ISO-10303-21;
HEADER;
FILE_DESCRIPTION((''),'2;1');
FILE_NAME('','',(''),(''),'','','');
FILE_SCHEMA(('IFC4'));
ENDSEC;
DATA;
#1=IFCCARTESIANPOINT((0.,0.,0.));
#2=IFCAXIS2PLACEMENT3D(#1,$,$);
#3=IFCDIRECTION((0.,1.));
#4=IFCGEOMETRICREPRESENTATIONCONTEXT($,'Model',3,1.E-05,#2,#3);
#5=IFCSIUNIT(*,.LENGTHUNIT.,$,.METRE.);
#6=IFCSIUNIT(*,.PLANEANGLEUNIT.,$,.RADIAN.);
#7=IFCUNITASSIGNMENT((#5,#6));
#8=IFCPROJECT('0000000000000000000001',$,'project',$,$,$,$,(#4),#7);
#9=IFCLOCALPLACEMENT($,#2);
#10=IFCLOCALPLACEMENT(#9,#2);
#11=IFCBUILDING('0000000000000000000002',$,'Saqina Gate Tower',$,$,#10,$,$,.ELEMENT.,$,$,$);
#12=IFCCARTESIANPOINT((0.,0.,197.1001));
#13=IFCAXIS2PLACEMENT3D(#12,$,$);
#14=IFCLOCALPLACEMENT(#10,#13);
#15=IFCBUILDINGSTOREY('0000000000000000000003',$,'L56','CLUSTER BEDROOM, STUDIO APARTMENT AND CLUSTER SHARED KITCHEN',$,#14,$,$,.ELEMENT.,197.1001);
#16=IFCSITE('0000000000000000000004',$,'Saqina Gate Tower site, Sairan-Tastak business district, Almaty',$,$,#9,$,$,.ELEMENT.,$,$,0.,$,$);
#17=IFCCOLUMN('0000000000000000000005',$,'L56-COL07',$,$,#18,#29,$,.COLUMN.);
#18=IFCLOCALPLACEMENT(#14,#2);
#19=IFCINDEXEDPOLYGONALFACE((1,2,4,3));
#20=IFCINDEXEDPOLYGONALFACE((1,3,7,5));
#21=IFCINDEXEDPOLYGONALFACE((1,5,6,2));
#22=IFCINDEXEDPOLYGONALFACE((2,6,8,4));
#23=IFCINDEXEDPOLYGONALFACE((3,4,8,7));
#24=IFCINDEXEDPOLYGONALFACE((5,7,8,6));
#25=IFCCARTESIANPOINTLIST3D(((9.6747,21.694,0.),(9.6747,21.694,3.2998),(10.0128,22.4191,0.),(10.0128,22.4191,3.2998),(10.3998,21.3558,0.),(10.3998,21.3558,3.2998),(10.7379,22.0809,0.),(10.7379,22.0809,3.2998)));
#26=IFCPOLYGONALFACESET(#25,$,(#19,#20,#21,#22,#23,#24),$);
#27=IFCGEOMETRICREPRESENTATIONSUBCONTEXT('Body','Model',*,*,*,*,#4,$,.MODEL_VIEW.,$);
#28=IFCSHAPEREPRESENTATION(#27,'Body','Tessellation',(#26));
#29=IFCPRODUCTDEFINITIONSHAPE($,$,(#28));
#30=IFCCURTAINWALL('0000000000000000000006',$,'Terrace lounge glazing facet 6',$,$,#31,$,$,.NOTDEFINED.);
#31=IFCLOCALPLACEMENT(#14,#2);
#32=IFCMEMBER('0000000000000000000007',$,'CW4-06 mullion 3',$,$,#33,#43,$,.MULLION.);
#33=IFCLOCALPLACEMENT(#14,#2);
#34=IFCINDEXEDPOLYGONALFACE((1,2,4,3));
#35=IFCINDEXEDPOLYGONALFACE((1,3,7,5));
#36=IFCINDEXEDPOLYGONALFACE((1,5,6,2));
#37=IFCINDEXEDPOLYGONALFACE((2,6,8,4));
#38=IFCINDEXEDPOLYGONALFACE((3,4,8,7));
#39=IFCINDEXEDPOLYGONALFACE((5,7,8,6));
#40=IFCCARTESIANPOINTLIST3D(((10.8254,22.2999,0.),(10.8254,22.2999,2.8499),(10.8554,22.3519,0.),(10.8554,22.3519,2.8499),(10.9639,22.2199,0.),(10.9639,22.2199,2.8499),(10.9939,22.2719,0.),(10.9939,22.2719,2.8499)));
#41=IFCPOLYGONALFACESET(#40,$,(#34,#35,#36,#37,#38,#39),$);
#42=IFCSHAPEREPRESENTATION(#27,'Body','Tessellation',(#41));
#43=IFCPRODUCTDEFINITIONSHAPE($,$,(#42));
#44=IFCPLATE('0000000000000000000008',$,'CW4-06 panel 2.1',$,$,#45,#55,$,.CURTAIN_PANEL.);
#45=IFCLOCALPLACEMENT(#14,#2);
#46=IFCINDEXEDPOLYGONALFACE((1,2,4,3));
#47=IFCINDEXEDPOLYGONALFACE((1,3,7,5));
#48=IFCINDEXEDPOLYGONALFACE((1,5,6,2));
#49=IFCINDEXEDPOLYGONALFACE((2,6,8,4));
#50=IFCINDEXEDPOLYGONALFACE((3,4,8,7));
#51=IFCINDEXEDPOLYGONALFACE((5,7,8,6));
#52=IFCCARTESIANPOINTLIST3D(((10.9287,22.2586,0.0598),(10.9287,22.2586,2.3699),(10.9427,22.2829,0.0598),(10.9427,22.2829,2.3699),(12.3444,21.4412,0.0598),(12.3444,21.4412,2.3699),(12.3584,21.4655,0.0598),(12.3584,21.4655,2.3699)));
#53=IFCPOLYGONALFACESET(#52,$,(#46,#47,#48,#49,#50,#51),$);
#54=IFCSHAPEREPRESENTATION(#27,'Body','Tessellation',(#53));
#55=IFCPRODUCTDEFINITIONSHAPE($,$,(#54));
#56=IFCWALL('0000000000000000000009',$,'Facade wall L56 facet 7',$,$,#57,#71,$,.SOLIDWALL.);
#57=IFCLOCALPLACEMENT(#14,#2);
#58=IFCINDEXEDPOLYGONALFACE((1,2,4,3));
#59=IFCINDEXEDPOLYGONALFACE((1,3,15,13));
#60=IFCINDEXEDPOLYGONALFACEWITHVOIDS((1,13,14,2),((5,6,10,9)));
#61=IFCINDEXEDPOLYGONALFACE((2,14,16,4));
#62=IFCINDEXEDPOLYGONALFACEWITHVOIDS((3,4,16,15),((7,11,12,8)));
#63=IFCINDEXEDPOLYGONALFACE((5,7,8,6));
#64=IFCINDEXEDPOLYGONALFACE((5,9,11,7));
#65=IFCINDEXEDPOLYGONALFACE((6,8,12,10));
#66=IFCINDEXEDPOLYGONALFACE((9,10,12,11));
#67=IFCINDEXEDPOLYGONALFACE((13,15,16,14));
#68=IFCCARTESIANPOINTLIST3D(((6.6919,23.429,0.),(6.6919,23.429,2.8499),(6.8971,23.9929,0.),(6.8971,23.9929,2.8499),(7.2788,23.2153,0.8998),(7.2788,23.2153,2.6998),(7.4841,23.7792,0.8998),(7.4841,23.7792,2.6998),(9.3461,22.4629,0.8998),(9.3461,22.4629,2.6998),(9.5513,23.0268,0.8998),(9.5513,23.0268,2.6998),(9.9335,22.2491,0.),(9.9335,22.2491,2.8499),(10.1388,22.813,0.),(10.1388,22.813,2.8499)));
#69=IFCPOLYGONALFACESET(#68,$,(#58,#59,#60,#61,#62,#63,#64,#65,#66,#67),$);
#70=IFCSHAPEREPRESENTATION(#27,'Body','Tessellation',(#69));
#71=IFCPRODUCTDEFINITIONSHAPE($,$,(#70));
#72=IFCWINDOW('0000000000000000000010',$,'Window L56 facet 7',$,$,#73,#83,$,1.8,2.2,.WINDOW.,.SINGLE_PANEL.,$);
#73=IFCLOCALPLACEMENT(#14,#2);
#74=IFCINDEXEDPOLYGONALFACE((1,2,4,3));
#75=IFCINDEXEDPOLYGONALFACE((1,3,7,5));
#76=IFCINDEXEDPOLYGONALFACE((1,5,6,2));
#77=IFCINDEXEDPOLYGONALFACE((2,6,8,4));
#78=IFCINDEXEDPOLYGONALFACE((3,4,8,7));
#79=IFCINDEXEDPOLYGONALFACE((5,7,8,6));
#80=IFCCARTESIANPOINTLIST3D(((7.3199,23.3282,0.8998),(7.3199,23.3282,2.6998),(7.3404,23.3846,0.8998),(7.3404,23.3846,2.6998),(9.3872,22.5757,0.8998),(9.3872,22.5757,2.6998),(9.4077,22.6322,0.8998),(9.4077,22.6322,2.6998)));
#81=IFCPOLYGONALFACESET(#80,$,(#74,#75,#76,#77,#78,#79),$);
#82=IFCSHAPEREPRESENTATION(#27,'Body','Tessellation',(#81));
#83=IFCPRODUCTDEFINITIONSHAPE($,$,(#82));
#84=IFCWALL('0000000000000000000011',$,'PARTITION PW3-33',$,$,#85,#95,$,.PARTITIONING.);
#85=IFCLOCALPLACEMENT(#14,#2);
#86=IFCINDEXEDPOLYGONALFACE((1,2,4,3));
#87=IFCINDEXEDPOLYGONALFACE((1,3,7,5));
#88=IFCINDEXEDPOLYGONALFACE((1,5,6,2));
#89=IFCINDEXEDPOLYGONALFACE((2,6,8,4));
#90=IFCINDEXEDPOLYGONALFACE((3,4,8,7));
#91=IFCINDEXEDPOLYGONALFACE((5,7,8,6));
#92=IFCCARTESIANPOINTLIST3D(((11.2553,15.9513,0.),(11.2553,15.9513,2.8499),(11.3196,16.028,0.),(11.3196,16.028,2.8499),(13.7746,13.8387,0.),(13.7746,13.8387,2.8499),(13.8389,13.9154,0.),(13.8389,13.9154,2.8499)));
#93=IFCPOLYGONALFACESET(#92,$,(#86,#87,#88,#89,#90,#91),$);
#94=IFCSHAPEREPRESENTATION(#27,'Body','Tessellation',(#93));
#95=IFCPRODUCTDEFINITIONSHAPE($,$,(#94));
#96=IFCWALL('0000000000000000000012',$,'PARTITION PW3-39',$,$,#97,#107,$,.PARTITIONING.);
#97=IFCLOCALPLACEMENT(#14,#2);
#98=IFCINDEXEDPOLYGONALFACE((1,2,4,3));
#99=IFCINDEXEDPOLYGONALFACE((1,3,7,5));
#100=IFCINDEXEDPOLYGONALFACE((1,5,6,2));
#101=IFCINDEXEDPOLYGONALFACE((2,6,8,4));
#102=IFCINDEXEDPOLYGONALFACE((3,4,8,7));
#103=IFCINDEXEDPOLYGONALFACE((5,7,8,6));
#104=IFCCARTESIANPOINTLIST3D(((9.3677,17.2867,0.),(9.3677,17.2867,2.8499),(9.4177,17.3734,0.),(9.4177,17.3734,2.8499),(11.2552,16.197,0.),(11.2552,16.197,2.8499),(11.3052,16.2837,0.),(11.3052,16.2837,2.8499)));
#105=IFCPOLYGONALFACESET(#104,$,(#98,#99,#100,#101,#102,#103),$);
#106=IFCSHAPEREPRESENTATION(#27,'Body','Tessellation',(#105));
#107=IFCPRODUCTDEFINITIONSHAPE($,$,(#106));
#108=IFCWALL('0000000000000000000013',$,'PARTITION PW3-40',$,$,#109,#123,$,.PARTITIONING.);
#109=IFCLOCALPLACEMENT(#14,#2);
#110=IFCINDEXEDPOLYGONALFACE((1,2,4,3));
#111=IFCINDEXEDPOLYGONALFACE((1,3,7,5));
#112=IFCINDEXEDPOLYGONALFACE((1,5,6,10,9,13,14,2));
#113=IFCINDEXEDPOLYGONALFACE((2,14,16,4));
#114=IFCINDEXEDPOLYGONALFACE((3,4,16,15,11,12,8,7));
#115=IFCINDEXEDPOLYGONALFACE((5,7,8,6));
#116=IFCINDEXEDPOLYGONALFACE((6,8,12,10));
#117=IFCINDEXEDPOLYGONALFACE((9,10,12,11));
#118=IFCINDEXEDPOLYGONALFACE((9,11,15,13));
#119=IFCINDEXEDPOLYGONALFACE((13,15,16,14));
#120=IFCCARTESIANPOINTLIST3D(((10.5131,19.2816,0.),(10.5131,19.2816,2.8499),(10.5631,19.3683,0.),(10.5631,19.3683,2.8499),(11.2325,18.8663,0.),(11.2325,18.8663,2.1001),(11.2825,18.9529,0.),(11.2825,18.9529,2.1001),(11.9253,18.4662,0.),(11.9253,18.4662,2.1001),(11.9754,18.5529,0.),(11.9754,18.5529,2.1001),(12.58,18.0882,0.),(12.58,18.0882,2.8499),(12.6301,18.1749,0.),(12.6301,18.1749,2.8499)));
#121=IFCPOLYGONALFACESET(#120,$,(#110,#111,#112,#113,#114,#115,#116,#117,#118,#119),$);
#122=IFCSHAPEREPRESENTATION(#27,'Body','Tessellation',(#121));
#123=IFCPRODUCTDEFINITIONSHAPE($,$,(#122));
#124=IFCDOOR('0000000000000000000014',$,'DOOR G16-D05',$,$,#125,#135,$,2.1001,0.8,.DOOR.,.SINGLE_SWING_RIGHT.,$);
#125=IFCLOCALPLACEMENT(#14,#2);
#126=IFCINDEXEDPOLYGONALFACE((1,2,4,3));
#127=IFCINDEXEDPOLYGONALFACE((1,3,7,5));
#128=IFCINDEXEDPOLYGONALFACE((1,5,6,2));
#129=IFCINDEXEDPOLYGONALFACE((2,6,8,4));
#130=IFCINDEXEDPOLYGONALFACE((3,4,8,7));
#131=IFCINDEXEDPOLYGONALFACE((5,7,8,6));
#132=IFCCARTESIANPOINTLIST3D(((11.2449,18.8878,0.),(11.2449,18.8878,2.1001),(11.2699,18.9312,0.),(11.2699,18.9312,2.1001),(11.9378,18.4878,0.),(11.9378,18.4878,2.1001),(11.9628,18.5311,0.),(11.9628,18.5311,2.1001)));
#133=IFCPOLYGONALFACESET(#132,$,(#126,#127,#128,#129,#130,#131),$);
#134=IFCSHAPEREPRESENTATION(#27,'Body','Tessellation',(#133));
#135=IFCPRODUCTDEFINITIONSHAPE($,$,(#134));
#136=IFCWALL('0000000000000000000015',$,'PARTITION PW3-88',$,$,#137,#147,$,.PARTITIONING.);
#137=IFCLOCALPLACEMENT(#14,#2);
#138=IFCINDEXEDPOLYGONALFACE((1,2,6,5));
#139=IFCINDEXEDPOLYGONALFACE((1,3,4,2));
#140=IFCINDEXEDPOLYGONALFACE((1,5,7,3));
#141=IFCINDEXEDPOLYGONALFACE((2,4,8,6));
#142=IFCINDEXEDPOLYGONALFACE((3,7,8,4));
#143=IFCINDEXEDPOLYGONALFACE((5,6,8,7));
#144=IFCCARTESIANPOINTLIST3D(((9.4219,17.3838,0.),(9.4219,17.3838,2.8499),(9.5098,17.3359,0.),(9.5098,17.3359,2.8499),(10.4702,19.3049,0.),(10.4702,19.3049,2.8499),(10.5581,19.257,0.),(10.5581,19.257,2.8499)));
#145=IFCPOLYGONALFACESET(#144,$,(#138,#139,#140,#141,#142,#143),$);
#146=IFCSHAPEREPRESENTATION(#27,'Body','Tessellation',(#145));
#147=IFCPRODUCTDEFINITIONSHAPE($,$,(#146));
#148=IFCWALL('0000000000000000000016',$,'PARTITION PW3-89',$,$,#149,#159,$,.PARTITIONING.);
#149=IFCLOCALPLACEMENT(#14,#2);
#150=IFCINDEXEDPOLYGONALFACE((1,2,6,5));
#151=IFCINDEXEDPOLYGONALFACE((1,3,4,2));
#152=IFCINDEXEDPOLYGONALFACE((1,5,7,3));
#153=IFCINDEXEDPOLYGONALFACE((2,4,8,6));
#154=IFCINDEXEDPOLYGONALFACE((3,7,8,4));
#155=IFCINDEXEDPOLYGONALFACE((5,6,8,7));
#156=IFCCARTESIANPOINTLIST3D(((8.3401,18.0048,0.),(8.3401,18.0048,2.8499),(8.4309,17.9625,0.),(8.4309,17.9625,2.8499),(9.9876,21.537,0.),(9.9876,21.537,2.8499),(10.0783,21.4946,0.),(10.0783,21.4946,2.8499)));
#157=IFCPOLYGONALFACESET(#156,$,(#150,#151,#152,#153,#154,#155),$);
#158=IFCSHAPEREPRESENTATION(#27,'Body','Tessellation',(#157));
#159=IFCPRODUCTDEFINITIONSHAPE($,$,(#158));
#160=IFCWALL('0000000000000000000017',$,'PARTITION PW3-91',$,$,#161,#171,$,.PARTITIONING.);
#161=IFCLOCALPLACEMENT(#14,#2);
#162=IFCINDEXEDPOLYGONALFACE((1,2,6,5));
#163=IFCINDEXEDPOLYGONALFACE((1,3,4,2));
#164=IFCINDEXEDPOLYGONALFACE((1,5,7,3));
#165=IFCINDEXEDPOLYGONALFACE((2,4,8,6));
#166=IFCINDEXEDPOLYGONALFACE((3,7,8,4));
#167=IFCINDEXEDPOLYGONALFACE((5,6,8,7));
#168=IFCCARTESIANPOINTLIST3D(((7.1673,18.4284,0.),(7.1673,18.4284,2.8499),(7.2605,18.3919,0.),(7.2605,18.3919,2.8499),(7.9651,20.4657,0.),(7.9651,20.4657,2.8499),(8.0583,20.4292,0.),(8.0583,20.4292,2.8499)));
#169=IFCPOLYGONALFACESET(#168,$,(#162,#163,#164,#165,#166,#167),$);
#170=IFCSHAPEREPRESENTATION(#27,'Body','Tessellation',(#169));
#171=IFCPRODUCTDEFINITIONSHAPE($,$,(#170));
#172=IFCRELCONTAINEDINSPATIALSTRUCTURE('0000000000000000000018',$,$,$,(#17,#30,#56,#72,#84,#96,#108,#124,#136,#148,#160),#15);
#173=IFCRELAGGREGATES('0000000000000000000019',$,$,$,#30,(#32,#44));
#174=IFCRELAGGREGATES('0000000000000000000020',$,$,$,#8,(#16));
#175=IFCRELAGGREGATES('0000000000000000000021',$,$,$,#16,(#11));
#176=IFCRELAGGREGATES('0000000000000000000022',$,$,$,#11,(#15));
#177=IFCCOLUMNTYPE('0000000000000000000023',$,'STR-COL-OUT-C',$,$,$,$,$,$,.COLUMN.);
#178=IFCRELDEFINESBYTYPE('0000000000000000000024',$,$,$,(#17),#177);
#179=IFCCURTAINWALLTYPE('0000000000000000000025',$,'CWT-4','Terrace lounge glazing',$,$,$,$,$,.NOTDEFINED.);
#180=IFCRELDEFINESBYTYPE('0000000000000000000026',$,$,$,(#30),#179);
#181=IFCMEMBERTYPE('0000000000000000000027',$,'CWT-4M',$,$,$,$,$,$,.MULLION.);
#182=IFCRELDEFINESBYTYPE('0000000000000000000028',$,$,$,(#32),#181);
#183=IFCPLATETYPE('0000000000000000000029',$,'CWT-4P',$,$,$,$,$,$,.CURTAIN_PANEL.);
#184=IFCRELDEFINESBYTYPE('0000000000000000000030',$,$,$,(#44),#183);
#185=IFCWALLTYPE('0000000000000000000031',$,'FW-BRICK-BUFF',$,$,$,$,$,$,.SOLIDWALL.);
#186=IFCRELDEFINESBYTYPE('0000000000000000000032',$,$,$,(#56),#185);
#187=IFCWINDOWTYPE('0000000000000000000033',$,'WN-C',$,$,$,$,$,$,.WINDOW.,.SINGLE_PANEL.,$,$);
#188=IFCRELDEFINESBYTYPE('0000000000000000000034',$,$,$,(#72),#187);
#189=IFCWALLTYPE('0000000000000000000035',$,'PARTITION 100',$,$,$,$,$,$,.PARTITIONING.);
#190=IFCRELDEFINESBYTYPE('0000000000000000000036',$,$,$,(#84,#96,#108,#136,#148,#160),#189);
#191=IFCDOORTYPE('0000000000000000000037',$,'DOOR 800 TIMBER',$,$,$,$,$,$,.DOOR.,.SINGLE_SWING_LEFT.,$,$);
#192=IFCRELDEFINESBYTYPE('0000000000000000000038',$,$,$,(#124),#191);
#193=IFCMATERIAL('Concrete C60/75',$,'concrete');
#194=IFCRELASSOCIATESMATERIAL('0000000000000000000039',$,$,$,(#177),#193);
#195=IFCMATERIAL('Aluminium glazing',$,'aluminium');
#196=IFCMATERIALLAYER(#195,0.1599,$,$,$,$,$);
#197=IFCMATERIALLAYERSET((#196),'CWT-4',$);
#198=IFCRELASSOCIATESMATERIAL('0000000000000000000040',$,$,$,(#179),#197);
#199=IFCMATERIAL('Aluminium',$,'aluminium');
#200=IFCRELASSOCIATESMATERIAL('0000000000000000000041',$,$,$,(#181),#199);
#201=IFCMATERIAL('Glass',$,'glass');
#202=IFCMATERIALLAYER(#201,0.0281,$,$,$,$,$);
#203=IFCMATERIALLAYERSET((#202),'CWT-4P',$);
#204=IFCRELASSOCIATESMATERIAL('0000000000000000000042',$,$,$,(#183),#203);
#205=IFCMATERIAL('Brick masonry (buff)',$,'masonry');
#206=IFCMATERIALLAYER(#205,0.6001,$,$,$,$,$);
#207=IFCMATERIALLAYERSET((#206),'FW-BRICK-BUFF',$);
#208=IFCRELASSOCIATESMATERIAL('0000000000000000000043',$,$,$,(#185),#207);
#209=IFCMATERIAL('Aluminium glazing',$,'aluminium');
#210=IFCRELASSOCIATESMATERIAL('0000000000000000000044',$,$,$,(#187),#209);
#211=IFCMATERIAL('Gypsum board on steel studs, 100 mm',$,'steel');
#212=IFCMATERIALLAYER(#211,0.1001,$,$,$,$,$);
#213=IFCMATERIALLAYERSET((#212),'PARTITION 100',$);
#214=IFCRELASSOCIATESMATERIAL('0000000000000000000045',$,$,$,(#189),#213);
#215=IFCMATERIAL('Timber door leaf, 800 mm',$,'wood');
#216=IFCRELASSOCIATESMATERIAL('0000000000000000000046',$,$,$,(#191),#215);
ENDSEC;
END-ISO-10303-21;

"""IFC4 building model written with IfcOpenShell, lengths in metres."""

from ifc_helpers import new_model, si_unit, direction, frame, frame_2d, origin, origin_2d, place, context, subcontext, project, spatial, rectangle, extrude, material, layer, layer_set, material_profile, profile_set, type_object, element, fill, aggregate, save


model = new_model("IFC4")

# Units and contexts
model_context = context("Model", 3, precision=1e-05, world=origin(), true_north=direction((0.0, 1.0)))
body_context = subcontext(model_context, "Body", "Model", "MODEL_VIEW")
ifc_project = project(units=[si_unit("LENGTHUNIT", "METRE"), si_unit("PLANEANGLEUNIT", "RADIAN")], contexts=[model_context])

# Site, building, storey
site_placement = place(None, origin())
site = spatial("IfcSite", under=ifc_project, at=site_placement, Name="Saqina Gate Tower site, Sairan-Tastak business district, Almaty", CompositionType="ELEMENT", RefElevation=0.0)
building_placement = place(site_placement, origin())
building = spatial("IfcBuilding", under=site, at=building_placement, Name="Saqina Gate Tower", CompositionType="ELEMENT")
storey_placement = place(building_placement, frame((0.0, 0.0, 197.1001)))
storey = spatial("IfcBuildingStorey", under=building, at=storey_placement, Name="L56", Description="CLUSTER BEDROOM, STUDIO APARTMENT AND CLUSTER SHARED KITCHEN", CompositionType="ELEMENT", Elevation=197.1001)

# Column
ifc_material_1 = material(Name="Concrete C60/75", Category="concrete")
ifc_material_profile_1 = material_profile(ifc_material_1, rectangle(XDim=0.8, YDim=0.8, at=origin_2d()), Name="RC 800x800")
ifc_profile_set_1 = profile_set([ifc_material_profile_1], Name="Concrete C60/75")
column_type = type_object("IfcColumnType", Name="STR-COL-OUT-C", PredefinedType="COLUMN", material=ifc_profile_set_1)
column_placement = place(storey_placement, frame((10.2063, 21.8875, 0.0), z_axis=(0.0, 0.0, 1.0), x_axis=(0.422618, 0.906308, 0.0)))
element("IfcColumn", 1, at=column_placement, inside=storey, type_object=column_type, Name="L56-COL07", PredefinedType="COLUMN", context=body_context, shape_type="SweptSolid", body=[
    extrude(rectangle(XDim=0.8, YDim=0.8, at=origin_2d()), origin(), (0.0, 0.0, 1.0), 3.2998),
])

# Curtain wall, member, plate
ifc_material_2 = material(Name="Aluminium glazing", Category="aluminium")
ifc_layer_1 = layer(ifc_material_2, 0.1599)
ifc_layer_set_1 = layer_set([ifc_layer_1], Name="CWT-4")
curtain_wall_type = type_object("IfcCurtainWallType", Name="CWT-4", Description="Terrace lounge glazing", PredefinedType="NOTDEFINED", material=ifc_layer_set_1)
curtain_wall_placement = place(storey_placement, origin())
curtain_wall = element("IfcCurtainWall", 2, at=curtain_wall_placement, inside=storey, type_object=curtain_wall_type, Name="Terrace lounge glazing facet 6", PredefinedType="NOTDEFINED")
ifc_material_3 = material(Name="Aluminium", Category="aluminium")
ifc_material_profile_2 = material_profile(ifc_material_3, rectangle(XDim=0.0601, YDim=0.1599, at=origin_2d()), Name="Aluminium 60x160")
ifc_profile_set_2 = profile_set([ifc_material_profile_2], Name="Aluminium")
member_type = type_object("IfcMemberType", Name="CWT-4M", PredefinedType="MULLION", material=ifc_profile_set_2)
member_placement = place(storey_placement, frame((10.9097, 22.2859, 0.0), z_axis=(0.0, 0.0, 1.0), x_axis=(-0.500014, -0.866017, 0.0)))
member = element("IfcMember", 3, at=member_placement, type_object=member_type, Name="CW4-06 mullion 3", PredefinedType="MULLION", context=body_context, shape_type="SweptSolid", body=[
    extrude(rectangle(XDim=0.0601, YDim=0.1599, at=origin_2d()), origin(), (0.0, 0.0, 1.0), 2.8499),
])
ifc_material_4 = material(Name="Glass", Category="glass")
ifc_layer_2 = layer(ifc_material_4, 0.0281)
ifc_layer_set_2 = layer_set([ifc_layer_2], Name="CWT-4P")
plate_type = type_object("IfcPlateType", Name="CWT-4P", PredefinedType="CURTAIN_PANEL", material=ifc_layer_set_2)
plate_placement = place(storey_placement, frame((11.6436, 21.8621, 0.0598), z_axis=(0.0, 0.0, 1.0), x_axis=(-0.866017, 0.500014, 0.0)))
plate = element("IfcPlate", 4, at=plate_placement, type_object=plate_type, Name="CW4-06 panel 2.1", PredefinedType="CURTAIN_PANEL", context=body_context, shape_type="SweptSolid", body=[
    extrude(rectangle(XDim=1.6348, YDim=0.0281, at=origin_2d()), origin(), (0.0, 0.0, 1.0), 2.3101),
])
aggregate(curtain_wall, [member, plate])

# Wall, opening, window
ifc_material_5 = material(Name="Brick masonry (buff)", Category="masonry")
ifc_layer_3 = layer(ifc_material_5, 0.6001)
ifc_layer_set_3 = layer_set([ifc_layer_3], Name="FW-BRICK-BUFF")
wall_type_1 = type_object("IfcWallType", Name="FW-BRICK-BUFF", PredefinedType="SOLIDWALL", material=ifc_layer_set_3)
wall_1_placement = place(storey_placement, frame((10.0361, 22.531, 0.0), z_axis=(0.0, 0.0, 1.0), x_axis=(-0.939688, 0.342033, 0.0)))
wall_1 = element("IfcWall", 5, at=wall_1_placement, inside=storey, type_object=wall_type_1, Name="Facade wall L56 facet 7", PredefinedType="SOLIDWALL", context=body_context, shape_type="SweptSolid", body=[
    extrude(rectangle(XDim=3.4497, YDim=0.6001, at=frame_2d((1.7249, 0.0))), origin(), (0.0, 0.0, 1.0), 2.8499),
])
opening_1_placement = place(wall_1_placement, frame((0.625, 0.0, 0.8999)))
opening_1 = element("IfcOpeningElement", 6, at=opening_1_placement, cuts=wall_1, PredefinedType="OPENING", context=body_context, shape_type="SweptSolid", body=[
    extrude(rectangle(XDim=2.2, YDim=1.8, at=frame_2d((1.1001, 0.8999))), frame((0.0, 0.312, 0.0), z_axis=(0.0, -1.0, 0.0), x_axis=(1.0, 0.0, 0.0)), (0.0, 0.0, 1.0), 0.624),
])
ifc_material_6 = material(Name="Aluminium glazing", Category="aluminium")
window_type = type_object("IfcWindowType", Name="WN-C", PartitioningType="SINGLE_PANEL", PredefinedType="WINDOW", material=ifc_material_6)
window_placement = place(opening_1_placement, origin())
window = element("IfcWindow", 7, at=window_placement, inside=storey, type_object=window_type, Name="Window L56 facet 7", OverallHeight=1.8, OverallWidth=2.2, PartitioningType="SINGLE_PANEL", PredefinedType="WINDOW", context=body_context, shape_type="SweptSolid", body=[
    extrude(rectangle(XDim=2.2, YDim=1.8, at=frame_2d((1.1001, 0.8999))), frame((0.0, 0.1799, 0.0), z_axis=(0.0, -1.0, 0.0), x_axis=(1.0, 0.0, 0.0)), (0.0, 0.0, 1.0), 0.0601),
])
fill(opening_1, window)

# Walls
ifc_material_7 = material(Name="Gypsum board on steel studs, 100 mm", Category="steel")
ifc_layer_4 = layer(ifc_material_7, 0.1001)
ifc_layer_set_4 = layer_set([ifc_layer_4], Name="PARTITION 100")
wall_type_2 = type_object("IfcWallType", Name="PARTITION 100", PredefinedType="PARTITIONING", material=ifc_layer_set_4)
wall_2_placement = place(storey_placement, frame((11.2874, 15.9897, 0.0), z_axis=(0.0, 0.0, 1.0), x_axis=(0.766252, -0.642541, 0.0)))
element("IfcWall", 8, at=wall_2_placement, inside=storey, type_object=wall_type_2, Name="PARTITION PW3-33", PredefinedType="PARTITIONING", context=body_context, shape_type="SweptSolid", body=[
    extrude(rectangle(XDim=3.2878, YDim=0.1001, at=frame_2d((1.644, 0.0))), origin(), (0.0, 0.0, 1.0), 2.8499),
])
wall_3_placement = place(storey_placement, frame((9.3926, 17.3301, 0.0), z_axis=(0.0, 0.0, 1.0), x_axis=(0.866049, -0.499958, 0.0)))
element("IfcWall", 9, at=wall_3_placement, inside=storey, type_object=wall_type_2, Name="PARTITION PW3-39", PredefinedType="PARTITIONING", context=body_context, shape_type="SweptSolid", body=[
    extrude(rectangle(XDim=2.1794, YDim=0.1001, at=frame_2d((1.0898, 0.0))), origin(), (0.0, 0.0, 1.0), 2.8499),
])

# Wall, opening, door
wall_4_placement = place(storey_placement, frame((10.5381, 19.325, 0.0), z_axis=(0.0, 0.0, 1.0), x_axis=(0.866019, -0.500012, 0.0)))
wall_4 = element("IfcWall", 10, at=wall_4_placement, inside=storey, type_object=wall_type_2, Name="PARTITION PW3-40", PredefinedType="PARTITIONING", context=body_context, shape_type="SweptSolid", body=[
    extrude(rectangle(XDim=2.3867, YDim=0.1001, at=frame_2d((1.1934, 0.0))), origin(), (0.0, 0.0, 1.0), 2.8499),
])
opening_2_placement = place(wall_4_placement, frame((0.8308, 0.0, 0.0)))
opening_2 = element("IfcOpeningElement", 11, at=opening_2_placement, cuts=wall_4, PredefinedType="OPENING", context=body_context, shape_type="SweptSolid", body=[
    extrude(rectangle(XDim=0.8, YDim=2.1001, at=frame_2d((0.3999, 1.05))), frame((0.0, 0.062, 0.0), z_axis=(0.0, -1.0, 0.0), x_axis=(1.0, 0.0, 0.0)), (0.0, 0.0, 1.0), 0.124),
])
ifc_material_8 = material(Name="Timber door leaf, 800 mm", Category="wood")
door_type_1 = type_object("IfcDoorType", Name="DOOR 800 TIMBER", OperationType="SINGLE_SWING_LEFT", PredefinedType="DOOR", material=ifc_material_8)
door_1_placement = place(opening_2_placement, origin())
door_1 = element("IfcDoor", 12, at=door_1_placement, inside=storey, type_object=door_type_1, Name="DOOR G16-D05", OperationType="SINGLE_SWING_RIGHT", OverallHeight=2.1001, OverallWidth=0.8, PredefinedType="DOOR", context=body_context, shape_type="SweptSolid", body=[
    extrude(rectangle(XDim=0.8, YDim=2.1001, at=frame_2d((0.3999, 1.05))), frame((0.0, 0.0249, 0.0), z_axis=(0.0, -1.0, 0.0), x_axis=(1.0, 0.0, 0.0)), (0.0, 0.0, 1.0), 0.05),
])
fill(opening_2, door_1)

# Walls
wall_5_placement = place(storey_placement, frame((9.4658, 17.3599, 0.0), z_axis=(0.0, 0.0, 1.0), x_axis=(0.479008, 0.87781, 0.0)))
element("IfcWall", 13, at=wall_5_placement, inside=storey, type_object=wall_type_2, Name="PARTITION PW3-88", PredefinedType="PARTITIONING", context=body_context, shape_type="SweptSolid", body=[
    extrude(rectangle(XDim=2.1885, YDim=0.1001, at=frame_2d((1.0942, 0.0))), origin(), (0.0, 0.0, 1.0), 2.8499),
])
wall_6_placement = place(storey_placement, frame((8.3855, 17.9836, 0.0), z_axis=(0.0, 0.0, 1.0), x_axis=(0.422693, 0.906273, 0.0)))
element("IfcWall", 14, at=wall_6_placement, inside=storey, type_object=wall_type_2, Name="PARTITION PW3-89", PredefinedType="PARTITIONING", context=body_context, shape_type="SweptSolid", body=[
    extrude(rectangle(XDim=3.8975, YDim=0.1001, at=frame_2d((1.9487, 0.0))), origin(), (0.0, 0.0, 1.0), 2.8499),
])
wall_7_placement = place(storey_placement, frame((7.2139, 18.4102, 0.0), z_axis=(0.0, 0.0, 1.0), x_axis=(0.364648, 0.931146, 0.0)))
element("IfcWall", 15, at=wall_7_placement, inside=storey, type_object=wall_type_2, Name="PARTITION PW3-91", PredefinedType="PARTITIONING", context=body_context, shape_type="SweptSolid", body=[
    extrude(rectangle(XDim=2.188, YDim=0.1001, at=frame_2d((1.094, 0.0))), origin(), (0.0, 0.0, 1.0), 2.8499),
])

save(model, "model.ifc")
